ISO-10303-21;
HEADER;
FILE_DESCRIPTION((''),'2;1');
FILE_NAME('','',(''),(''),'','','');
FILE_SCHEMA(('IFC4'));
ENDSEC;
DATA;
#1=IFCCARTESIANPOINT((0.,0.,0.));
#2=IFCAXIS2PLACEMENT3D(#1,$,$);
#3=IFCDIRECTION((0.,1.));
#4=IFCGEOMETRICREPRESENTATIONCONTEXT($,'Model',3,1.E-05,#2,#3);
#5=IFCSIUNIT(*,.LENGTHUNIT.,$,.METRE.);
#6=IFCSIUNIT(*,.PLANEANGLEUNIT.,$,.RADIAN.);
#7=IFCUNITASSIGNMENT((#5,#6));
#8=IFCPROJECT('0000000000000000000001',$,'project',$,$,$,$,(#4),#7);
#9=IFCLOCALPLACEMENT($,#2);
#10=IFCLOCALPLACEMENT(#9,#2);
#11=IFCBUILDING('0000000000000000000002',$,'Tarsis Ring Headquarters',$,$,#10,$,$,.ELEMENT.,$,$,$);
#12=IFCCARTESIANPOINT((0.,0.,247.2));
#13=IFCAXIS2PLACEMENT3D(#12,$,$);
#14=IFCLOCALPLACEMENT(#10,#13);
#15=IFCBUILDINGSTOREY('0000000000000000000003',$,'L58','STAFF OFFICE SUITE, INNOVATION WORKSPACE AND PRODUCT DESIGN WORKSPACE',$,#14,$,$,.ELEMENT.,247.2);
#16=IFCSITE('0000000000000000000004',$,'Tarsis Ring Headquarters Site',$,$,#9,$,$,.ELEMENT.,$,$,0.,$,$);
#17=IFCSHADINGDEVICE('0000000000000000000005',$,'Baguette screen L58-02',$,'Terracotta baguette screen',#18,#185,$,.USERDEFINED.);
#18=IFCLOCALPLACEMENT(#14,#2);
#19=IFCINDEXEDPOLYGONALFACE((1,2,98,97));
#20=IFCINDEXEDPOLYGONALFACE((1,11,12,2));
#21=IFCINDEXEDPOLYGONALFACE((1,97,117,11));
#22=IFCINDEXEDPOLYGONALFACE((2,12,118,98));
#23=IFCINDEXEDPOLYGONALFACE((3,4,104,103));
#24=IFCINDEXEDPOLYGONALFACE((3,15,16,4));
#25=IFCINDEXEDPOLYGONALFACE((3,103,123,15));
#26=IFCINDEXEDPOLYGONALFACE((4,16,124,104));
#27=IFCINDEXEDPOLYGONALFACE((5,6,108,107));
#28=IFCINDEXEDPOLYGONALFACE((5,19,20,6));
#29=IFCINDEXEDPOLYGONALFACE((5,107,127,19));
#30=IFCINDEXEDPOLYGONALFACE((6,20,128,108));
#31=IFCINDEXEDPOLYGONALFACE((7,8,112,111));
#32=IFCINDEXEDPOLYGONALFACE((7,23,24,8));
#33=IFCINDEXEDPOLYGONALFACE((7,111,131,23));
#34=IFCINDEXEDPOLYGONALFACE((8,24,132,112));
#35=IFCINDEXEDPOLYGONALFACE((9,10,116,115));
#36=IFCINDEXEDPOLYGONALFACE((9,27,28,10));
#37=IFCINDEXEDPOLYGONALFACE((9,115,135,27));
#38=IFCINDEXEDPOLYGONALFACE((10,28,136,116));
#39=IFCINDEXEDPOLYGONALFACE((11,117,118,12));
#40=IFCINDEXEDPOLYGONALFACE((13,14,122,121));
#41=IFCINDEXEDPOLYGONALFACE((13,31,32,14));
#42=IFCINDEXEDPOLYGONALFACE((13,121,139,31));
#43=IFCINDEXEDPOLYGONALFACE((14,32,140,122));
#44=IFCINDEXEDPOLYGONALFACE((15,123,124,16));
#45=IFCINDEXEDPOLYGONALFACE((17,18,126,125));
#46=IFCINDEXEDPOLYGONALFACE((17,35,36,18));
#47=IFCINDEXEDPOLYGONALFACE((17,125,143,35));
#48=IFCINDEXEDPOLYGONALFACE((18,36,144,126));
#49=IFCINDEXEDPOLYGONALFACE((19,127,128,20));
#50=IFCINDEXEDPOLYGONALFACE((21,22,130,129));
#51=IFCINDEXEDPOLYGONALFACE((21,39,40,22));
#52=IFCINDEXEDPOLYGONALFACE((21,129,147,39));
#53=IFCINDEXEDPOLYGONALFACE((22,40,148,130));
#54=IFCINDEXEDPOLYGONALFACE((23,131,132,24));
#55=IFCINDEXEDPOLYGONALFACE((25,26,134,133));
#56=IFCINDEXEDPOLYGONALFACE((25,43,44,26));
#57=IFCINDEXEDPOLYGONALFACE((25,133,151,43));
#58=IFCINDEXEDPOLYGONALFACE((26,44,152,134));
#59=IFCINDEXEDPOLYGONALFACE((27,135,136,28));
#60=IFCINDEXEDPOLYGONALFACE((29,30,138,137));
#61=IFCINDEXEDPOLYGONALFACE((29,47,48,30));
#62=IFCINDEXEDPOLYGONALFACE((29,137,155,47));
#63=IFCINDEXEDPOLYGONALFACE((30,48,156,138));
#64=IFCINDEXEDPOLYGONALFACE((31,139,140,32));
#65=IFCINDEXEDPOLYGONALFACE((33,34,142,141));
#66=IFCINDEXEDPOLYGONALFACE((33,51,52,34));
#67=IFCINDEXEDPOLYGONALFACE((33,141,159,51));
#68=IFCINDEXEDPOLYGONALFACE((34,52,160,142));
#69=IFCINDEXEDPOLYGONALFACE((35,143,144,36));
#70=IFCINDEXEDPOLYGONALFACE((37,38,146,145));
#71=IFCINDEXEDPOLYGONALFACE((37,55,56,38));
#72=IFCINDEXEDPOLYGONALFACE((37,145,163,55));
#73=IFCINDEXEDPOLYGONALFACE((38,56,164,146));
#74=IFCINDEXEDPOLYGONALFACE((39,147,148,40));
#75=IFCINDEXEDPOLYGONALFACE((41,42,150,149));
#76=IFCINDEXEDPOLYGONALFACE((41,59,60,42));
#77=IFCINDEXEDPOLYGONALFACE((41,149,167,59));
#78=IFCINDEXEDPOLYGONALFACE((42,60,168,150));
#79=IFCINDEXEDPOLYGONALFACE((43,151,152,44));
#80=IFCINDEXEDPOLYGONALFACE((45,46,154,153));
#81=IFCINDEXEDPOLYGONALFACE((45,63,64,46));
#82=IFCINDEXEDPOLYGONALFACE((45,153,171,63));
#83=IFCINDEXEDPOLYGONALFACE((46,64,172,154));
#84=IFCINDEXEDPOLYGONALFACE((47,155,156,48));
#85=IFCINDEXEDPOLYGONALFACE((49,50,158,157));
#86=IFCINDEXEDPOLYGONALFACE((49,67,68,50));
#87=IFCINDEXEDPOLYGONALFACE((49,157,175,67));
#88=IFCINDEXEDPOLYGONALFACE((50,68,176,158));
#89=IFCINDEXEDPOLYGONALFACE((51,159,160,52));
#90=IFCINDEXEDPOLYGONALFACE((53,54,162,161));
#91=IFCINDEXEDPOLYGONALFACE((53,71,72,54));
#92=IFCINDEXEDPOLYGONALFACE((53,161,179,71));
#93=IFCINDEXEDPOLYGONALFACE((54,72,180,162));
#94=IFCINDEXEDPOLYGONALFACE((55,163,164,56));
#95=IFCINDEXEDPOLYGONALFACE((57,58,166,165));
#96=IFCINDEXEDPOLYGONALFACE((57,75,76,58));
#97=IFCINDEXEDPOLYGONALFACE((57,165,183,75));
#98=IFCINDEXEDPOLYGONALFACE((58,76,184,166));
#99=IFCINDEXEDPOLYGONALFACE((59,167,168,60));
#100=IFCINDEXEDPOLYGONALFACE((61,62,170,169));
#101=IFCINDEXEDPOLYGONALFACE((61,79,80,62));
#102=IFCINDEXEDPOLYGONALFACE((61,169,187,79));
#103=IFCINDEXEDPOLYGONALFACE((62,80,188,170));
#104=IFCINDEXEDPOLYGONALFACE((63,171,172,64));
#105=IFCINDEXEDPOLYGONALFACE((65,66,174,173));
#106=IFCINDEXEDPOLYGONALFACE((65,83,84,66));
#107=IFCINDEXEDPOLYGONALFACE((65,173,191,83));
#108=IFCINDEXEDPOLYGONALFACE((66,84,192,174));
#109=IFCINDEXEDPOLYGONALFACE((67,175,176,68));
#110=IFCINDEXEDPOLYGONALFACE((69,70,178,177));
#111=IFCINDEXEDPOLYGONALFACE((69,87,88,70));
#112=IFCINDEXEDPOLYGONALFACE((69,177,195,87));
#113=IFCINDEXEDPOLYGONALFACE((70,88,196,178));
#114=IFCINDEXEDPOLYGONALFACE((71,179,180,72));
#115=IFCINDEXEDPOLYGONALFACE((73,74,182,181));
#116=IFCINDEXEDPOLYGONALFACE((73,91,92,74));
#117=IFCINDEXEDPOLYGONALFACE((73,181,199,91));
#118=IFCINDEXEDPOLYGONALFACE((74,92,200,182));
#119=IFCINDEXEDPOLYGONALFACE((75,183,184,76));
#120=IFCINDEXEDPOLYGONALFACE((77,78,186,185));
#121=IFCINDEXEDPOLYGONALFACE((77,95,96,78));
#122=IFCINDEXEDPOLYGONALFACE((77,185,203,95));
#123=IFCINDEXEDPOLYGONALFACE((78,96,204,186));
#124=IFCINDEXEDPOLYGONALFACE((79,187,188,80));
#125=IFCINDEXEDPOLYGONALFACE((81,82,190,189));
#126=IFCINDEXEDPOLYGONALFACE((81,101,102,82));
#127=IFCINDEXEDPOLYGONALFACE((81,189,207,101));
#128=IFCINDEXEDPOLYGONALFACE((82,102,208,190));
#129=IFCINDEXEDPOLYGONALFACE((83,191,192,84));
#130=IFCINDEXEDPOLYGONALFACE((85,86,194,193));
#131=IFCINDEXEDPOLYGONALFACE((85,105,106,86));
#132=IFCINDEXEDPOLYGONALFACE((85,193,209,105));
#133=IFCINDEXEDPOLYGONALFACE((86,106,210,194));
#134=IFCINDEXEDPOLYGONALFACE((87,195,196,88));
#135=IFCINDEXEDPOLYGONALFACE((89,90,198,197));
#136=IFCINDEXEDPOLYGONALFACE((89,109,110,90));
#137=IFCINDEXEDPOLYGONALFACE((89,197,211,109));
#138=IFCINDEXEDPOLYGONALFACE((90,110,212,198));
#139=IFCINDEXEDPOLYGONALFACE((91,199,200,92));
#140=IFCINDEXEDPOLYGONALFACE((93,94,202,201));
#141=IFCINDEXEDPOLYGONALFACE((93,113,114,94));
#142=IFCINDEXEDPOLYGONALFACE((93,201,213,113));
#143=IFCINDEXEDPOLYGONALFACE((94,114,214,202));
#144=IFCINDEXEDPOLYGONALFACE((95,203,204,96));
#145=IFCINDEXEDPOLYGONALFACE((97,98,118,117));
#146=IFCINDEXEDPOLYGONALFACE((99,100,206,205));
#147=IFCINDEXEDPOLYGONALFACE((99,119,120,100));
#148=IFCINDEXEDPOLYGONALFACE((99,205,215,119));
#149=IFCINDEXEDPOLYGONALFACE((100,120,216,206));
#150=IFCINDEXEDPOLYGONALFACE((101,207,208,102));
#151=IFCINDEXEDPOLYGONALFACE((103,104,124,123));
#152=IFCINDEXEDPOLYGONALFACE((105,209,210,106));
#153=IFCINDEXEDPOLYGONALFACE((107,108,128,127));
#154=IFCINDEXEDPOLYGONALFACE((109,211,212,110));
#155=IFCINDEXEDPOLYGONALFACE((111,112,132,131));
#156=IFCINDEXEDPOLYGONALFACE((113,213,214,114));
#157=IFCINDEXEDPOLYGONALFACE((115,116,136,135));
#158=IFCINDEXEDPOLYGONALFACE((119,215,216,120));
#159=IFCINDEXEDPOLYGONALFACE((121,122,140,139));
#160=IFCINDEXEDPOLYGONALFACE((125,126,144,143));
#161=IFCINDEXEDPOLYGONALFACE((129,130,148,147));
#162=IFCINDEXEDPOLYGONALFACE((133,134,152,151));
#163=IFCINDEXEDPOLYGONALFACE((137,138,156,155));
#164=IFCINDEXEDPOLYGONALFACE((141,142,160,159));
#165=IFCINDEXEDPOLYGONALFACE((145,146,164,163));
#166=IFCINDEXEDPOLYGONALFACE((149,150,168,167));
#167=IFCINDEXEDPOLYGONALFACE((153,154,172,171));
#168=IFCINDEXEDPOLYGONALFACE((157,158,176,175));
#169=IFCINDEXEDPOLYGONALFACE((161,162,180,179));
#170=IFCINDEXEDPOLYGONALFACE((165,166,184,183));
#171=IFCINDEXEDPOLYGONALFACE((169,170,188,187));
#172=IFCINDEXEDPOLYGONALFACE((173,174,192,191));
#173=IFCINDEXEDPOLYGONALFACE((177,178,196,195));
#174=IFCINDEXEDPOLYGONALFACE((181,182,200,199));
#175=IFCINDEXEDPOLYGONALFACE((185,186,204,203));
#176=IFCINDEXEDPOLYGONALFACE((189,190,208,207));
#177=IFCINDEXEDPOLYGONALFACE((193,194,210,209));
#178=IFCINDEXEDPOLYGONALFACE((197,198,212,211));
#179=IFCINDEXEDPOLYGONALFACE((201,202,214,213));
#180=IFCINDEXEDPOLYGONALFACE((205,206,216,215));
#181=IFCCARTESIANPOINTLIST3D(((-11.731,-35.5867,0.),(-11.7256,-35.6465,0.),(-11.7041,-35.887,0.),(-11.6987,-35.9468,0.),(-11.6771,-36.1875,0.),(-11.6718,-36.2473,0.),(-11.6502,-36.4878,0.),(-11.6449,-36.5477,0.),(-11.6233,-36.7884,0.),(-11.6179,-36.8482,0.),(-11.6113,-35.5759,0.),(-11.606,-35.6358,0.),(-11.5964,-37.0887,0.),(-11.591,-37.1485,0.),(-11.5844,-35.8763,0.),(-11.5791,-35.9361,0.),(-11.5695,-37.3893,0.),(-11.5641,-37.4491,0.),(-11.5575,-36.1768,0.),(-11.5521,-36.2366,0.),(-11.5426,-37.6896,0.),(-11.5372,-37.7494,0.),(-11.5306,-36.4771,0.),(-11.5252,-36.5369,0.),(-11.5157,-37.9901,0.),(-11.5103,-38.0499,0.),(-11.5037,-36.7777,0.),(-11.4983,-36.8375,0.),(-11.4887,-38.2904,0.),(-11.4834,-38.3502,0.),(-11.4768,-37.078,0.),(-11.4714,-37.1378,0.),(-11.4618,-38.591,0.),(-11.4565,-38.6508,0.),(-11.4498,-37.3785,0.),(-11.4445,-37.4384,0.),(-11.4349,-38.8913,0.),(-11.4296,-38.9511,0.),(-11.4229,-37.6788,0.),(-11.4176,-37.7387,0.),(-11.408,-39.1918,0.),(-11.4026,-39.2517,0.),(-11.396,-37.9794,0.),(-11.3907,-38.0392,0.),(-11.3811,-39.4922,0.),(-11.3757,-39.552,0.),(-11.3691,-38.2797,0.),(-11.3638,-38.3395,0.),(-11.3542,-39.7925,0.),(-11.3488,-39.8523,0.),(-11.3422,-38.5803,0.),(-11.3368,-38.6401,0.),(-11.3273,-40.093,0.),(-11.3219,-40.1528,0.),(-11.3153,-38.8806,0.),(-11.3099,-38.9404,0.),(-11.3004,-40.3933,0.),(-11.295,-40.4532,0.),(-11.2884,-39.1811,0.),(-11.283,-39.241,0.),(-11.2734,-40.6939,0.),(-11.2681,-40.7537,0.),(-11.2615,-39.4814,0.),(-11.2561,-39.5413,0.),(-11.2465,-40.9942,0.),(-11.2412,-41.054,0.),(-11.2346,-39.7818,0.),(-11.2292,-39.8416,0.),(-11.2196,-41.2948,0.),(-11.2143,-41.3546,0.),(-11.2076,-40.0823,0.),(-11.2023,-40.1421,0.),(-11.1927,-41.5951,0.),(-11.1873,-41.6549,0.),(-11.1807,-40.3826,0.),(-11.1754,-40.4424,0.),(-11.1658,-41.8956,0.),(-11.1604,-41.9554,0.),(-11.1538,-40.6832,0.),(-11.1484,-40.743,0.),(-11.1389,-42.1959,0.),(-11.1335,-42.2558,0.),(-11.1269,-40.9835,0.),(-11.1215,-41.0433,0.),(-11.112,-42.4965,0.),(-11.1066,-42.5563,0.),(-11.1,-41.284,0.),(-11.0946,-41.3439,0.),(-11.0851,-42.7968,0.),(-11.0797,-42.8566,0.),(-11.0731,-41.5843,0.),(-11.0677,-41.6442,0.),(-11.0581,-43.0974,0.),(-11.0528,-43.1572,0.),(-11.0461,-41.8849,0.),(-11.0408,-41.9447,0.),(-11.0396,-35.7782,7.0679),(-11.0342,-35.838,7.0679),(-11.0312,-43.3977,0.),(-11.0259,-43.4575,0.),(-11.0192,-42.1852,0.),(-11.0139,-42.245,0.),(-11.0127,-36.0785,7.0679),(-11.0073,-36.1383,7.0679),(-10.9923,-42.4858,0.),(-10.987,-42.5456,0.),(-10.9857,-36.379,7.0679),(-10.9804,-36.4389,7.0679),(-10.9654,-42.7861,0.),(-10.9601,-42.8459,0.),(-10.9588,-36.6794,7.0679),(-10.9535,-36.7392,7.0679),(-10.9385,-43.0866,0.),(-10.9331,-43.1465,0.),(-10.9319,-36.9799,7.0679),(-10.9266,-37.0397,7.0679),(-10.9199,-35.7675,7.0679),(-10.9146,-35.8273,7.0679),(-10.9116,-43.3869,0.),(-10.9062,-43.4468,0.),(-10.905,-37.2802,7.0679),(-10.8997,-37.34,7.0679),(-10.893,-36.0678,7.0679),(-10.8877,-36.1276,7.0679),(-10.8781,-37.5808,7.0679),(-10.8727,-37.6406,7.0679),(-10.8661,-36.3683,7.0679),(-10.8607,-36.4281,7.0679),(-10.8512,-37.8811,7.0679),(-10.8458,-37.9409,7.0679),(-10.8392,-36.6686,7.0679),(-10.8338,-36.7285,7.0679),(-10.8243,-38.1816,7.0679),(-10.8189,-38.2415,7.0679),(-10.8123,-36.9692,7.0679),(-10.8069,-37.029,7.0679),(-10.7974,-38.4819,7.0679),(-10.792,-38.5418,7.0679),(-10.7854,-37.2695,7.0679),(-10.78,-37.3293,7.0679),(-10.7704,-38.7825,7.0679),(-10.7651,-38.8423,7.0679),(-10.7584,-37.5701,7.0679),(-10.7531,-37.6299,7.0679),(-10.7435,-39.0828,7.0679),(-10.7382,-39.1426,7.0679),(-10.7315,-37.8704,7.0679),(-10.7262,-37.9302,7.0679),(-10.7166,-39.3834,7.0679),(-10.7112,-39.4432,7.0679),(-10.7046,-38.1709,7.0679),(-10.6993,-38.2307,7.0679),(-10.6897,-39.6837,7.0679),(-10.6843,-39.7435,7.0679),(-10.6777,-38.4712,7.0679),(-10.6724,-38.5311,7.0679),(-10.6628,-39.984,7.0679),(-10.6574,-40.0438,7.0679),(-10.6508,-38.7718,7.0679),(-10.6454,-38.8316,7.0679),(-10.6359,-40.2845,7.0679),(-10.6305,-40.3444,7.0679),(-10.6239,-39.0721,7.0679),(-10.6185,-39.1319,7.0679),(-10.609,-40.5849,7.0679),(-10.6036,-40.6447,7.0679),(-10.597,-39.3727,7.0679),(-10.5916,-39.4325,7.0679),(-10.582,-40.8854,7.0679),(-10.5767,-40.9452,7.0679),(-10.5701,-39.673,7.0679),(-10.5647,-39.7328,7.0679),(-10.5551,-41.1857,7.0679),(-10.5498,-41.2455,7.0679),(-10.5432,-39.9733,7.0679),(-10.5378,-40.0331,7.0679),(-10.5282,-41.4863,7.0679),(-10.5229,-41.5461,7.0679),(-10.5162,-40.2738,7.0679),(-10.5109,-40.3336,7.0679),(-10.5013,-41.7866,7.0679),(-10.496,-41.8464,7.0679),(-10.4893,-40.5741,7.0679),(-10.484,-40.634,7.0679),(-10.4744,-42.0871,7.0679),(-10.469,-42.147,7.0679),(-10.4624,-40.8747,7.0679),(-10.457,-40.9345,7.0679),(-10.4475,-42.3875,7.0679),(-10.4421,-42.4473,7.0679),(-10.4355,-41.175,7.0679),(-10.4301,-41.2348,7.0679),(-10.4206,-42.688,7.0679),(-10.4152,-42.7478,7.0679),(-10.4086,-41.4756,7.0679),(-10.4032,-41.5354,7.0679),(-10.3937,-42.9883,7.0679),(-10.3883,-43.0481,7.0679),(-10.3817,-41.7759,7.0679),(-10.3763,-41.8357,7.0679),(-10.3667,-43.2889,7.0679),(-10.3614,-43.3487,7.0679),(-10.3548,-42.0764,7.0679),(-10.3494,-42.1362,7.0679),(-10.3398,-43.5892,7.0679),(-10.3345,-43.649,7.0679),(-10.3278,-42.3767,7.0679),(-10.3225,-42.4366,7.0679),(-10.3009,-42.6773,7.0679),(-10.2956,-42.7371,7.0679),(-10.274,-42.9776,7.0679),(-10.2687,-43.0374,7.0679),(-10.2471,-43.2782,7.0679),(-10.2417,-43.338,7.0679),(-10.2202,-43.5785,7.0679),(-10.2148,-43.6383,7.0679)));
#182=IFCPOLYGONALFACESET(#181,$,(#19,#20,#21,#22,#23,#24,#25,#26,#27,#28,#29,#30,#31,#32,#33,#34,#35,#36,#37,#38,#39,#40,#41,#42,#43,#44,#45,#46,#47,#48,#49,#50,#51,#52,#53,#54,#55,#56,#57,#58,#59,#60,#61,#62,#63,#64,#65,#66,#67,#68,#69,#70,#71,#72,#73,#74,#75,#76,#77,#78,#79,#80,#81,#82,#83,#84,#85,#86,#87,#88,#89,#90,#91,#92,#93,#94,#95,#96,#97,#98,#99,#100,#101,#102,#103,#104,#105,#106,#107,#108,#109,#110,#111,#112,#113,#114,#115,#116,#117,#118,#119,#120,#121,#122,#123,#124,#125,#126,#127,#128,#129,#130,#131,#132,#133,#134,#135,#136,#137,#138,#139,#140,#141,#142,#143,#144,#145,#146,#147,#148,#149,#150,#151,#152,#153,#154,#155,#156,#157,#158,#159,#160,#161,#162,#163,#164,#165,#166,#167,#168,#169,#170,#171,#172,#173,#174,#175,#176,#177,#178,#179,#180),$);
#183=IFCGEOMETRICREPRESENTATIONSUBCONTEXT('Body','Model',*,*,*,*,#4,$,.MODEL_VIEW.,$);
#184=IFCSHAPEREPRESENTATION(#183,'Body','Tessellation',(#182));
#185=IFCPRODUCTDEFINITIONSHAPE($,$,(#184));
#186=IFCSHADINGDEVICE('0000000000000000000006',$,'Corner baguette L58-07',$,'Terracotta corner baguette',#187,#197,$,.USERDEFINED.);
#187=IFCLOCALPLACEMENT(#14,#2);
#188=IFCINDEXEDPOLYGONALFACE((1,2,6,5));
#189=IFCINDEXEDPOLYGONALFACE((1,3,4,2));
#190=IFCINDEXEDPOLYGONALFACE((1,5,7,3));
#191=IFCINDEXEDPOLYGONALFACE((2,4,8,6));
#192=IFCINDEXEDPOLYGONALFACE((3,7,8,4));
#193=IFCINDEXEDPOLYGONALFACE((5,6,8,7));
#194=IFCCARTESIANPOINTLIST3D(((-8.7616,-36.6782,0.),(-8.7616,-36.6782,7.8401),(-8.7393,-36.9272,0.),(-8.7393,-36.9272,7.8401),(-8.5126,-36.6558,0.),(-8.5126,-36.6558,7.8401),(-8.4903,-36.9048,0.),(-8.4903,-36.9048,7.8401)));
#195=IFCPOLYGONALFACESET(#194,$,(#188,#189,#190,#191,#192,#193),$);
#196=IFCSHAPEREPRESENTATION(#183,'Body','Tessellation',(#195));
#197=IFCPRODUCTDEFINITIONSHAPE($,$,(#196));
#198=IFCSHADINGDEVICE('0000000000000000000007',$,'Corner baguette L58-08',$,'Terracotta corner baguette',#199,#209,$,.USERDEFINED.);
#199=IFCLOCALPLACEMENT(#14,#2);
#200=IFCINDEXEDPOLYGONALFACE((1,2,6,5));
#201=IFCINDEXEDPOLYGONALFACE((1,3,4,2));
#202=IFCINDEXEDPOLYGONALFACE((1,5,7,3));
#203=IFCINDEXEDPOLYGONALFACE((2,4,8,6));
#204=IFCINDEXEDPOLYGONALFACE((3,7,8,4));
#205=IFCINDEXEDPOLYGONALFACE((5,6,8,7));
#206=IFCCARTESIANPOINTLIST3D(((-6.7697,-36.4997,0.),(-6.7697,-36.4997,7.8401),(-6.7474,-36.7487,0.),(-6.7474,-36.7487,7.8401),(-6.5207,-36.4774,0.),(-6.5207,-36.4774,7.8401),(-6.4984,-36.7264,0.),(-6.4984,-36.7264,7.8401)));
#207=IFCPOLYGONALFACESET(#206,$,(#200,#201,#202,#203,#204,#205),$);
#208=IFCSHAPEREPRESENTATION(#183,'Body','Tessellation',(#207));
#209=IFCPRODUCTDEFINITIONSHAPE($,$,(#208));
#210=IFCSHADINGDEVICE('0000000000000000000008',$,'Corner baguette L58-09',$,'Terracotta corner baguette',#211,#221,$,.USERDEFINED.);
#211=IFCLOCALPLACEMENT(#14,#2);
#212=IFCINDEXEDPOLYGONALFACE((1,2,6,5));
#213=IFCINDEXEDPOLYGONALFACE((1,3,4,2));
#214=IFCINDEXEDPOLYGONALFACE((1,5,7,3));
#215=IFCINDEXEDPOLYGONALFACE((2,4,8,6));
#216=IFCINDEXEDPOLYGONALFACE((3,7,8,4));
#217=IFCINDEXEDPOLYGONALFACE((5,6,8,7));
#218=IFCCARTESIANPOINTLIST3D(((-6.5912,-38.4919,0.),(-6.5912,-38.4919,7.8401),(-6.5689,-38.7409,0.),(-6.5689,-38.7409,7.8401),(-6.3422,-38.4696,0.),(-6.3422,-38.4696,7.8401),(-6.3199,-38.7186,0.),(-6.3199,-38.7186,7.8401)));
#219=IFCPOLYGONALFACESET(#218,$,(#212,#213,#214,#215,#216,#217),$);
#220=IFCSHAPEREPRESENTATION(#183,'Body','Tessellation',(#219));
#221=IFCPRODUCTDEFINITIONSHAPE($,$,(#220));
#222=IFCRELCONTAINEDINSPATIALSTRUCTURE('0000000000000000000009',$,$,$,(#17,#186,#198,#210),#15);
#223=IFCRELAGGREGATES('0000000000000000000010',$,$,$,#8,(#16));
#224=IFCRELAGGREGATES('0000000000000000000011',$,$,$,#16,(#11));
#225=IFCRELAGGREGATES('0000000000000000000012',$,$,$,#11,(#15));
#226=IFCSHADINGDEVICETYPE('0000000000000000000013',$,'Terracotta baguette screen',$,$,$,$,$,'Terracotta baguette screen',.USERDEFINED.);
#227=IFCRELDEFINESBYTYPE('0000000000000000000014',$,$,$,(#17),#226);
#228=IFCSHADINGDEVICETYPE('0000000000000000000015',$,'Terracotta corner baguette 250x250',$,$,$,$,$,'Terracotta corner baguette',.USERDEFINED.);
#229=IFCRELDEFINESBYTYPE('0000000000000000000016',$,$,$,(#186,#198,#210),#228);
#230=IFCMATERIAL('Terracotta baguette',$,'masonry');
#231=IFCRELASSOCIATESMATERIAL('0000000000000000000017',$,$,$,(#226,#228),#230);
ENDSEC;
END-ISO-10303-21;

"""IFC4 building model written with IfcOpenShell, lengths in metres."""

from ifc_helpers import new_model, si_unit, direction, frame, frame_2d, origin, origin_2d, place, context, subcontext, project, spatial, rectangle, composite_profile, extrude, material, type_object, element, save


model = new_model("IFC4")

# Units and contexts
model_context = context("Model", 3, precision=1e-05, world=origin(), true_north=direction((0.0, 1.0)))
body_context = subcontext(model_context, "Body", "Model", "MODEL_VIEW")
ifc_project = project(units=[si_unit("LENGTHUNIT", "METRE"), si_unit("PLANEANGLEUNIT", "RADIAN")], contexts=[model_context])

# Site, building, storey
site_placement = place(None, origin())
site = spatial("IfcSite", under=ifc_project, at=site_placement, Name="Tarsis Ring Headquarters Site", CompositionType="ELEMENT", RefElevation=0.0)
building_placement = place(site_placement, origin())
building = spatial("IfcBuilding", under=site, at=building_placement, Name="Tarsis Ring Headquarters", CompositionType="ELEMENT")
storey_placement = place(building_placement, frame((0.0, 0.0, 247.2)))
storey = spatial("IfcBuildingStorey", under=building, at=storey_placement, Name="L58", Description="STAFF OFFICE SUITE, INNOVATION WORKSPACE AND PRODUCT DESIGN WORKSPACE", CompositionType="ELEMENT", Elevation=247.2)

# Shading devices
ifc_material_1 = material(Name="Terracotta baguette", Category="masonry")
shading_device_type_1 = type_object("IfcShadingDeviceType", Name="Terracotta baguette screen", ElementType="Terracotta baguette screen", PredefinedType="USERDEFINED", material=ifc_material_1)
shading_device_placement = place(storey_placement, frame((-11.6711, -35.5813, 0.0), z_axis=(0.0, 0.0, 1.0), x_axis=(0.089227, -0.996014, 0.0)))
element("IfcShadingDevice", 1, at=shading_device_placement, inside=storey, type_object=shading_device_type_1, Name="Baguette screen L58-02", ObjectType="Terracotta baguette screen", PredefinedType="USERDEFINED", context=body_context, shape_type="SweptSolid", body=[
    extrude(composite_profile([rectangle(XDim=0.0601, YDim=0.1201, at=frame_2d((0.03, 0.0))), rectangle(XDim=0.0601, YDim=0.1201, at=frame_2d((0.3315, 0.0))), rectangle(XDim=0.0601, YDim=0.1201, at=frame_2d((0.6333, 0.0))), rectangle(XDim=0.0601, YDim=0.1201, at=frame_2d((0.9348, 0.0))), rectangle(XDim=0.0601, YDim=0.1201, at=frame_2d((1.2366, 0.0))), rectangle(XDim=0.0601, YDim=0.1201, at=frame_2d((1.5381, 0.0))), rectangle(XDim=0.0601, YDim=0.1201, at=frame_2d((1.8398, 0.0))), rectangle(XDim=0.0601, YDim=0.1201, at=frame_2d((2.1414, 0.0))), rectangle(XDim=0.0601, YDim=0.1201, at=frame_2d((2.4431, 0.0))), rectangle(XDim=0.0601, YDim=0.1201, at=frame_2d((2.7446, 0.0))), rectangle(XDim=0.0601, YDim=0.1201, at=frame_2d((3.0464, 0.0))), rectangle(XDim=0.0601, YDim=0.1201, at=frame_2d((3.3479, 0.0))), rectangle(XDim=0.0601, YDim=0.1201, at=frame_2d((3.6497, 0.0))), rectangle(XDim=0.0601, YDim=0.1201, at=frame_2d((3.9512, 0.0))), rectangle(XDim=0.0601, YDim=0.1201, at=frame_2d((4.2527, 0.0))), rectangle(XDim=0.0601, YDim=0.1201, at=frame_2d((4.5544, 0.0))), rectangle(XDim=0.0601, YDim=0.1201, at=frame_2d((4.856, 0.0))), rectangle(XDim=0.0601, YDim=0.1201, at=frame_2d((5.1577, 0.0))), rectangle(XDim=0.0601, YDim=0.1201, at=frame_2d((5.4592, 0.0))), rectangle(XDim=0.0601, YDim=0.1201, at=frame_2d((5.761, 0.0))), rectangle(XDim=0.0601, YDim=0.1201, at=frame_2d((6.0625, 0.0))), rectangle(XDim=0.0601, YDim=0.1201, at=frame_2d((6.3643, 0.0))), rectangle(XDim=0.0601, YDim=0.1201, at=frame_2d((6.6658, 0.0))), rectangle(XDim=0.0601, YDim=0.1201, at=frame_2d((6.9675, 0.0))), rectangle(XDim=0.0601, YDim=0.1201, at=frame_2d((7.269, 0.0))), rectangle(XDim=0.0601, YDim=0.1201, at=frame_2d((7.5708, 0.0))), rectangle(XDim=0.0601, YDim=0.1201, at=frame_2d((7.8723, 0.0)))]), origin(), (0.035535, 0.094527, 0.994888), 7.1042),
])
shading_device_type_2 = type_object("IfcShadingDeviceType", Name="Terracotta corner baguette 250x250", ElementType="Terracotta corner baguette", PredefinedType="USERDEFINED", material=ifc_material_1)
for number, where, z_axis, x_axis, name in (
    (2, (-8.626, -36.7915, 0.0), (0.0, 0.0, 1.0), (0.089242, -0.99601, 0.0), "Corner baguette L58-07"),
    (3, (-6.634, -36.613, 0.0), (0.0, 0.0, 1.0), (0.99601, 0.089242, 0.0), "Corner baguette L58-08"),
    (4, (-6.4556, -38.6052, 0.0), (0.0, 0.0, 1.0), (0.089242, -0.99601, 0.0), "Corner baguette L58-09"),
):
    element("IfcShadingDevice", number, at=place(storey_placement, frame(where, z_axis=z_axis, x_axis=x_axis)), inside=storey, type_object=shading_device_type_2, Name=name, ObjectType="Terracotta corner baguette", PredefinedType="USERDEFINED", context=body_context, shape_type="SweptSolid", body=[
        extrude(rectangle(XDim=0.25, YDim=0.25, at=origin_2d()), origin(), (0.0, 0.0, 1.0), 7.8401),
    ])

save(model, "model.ifc")
